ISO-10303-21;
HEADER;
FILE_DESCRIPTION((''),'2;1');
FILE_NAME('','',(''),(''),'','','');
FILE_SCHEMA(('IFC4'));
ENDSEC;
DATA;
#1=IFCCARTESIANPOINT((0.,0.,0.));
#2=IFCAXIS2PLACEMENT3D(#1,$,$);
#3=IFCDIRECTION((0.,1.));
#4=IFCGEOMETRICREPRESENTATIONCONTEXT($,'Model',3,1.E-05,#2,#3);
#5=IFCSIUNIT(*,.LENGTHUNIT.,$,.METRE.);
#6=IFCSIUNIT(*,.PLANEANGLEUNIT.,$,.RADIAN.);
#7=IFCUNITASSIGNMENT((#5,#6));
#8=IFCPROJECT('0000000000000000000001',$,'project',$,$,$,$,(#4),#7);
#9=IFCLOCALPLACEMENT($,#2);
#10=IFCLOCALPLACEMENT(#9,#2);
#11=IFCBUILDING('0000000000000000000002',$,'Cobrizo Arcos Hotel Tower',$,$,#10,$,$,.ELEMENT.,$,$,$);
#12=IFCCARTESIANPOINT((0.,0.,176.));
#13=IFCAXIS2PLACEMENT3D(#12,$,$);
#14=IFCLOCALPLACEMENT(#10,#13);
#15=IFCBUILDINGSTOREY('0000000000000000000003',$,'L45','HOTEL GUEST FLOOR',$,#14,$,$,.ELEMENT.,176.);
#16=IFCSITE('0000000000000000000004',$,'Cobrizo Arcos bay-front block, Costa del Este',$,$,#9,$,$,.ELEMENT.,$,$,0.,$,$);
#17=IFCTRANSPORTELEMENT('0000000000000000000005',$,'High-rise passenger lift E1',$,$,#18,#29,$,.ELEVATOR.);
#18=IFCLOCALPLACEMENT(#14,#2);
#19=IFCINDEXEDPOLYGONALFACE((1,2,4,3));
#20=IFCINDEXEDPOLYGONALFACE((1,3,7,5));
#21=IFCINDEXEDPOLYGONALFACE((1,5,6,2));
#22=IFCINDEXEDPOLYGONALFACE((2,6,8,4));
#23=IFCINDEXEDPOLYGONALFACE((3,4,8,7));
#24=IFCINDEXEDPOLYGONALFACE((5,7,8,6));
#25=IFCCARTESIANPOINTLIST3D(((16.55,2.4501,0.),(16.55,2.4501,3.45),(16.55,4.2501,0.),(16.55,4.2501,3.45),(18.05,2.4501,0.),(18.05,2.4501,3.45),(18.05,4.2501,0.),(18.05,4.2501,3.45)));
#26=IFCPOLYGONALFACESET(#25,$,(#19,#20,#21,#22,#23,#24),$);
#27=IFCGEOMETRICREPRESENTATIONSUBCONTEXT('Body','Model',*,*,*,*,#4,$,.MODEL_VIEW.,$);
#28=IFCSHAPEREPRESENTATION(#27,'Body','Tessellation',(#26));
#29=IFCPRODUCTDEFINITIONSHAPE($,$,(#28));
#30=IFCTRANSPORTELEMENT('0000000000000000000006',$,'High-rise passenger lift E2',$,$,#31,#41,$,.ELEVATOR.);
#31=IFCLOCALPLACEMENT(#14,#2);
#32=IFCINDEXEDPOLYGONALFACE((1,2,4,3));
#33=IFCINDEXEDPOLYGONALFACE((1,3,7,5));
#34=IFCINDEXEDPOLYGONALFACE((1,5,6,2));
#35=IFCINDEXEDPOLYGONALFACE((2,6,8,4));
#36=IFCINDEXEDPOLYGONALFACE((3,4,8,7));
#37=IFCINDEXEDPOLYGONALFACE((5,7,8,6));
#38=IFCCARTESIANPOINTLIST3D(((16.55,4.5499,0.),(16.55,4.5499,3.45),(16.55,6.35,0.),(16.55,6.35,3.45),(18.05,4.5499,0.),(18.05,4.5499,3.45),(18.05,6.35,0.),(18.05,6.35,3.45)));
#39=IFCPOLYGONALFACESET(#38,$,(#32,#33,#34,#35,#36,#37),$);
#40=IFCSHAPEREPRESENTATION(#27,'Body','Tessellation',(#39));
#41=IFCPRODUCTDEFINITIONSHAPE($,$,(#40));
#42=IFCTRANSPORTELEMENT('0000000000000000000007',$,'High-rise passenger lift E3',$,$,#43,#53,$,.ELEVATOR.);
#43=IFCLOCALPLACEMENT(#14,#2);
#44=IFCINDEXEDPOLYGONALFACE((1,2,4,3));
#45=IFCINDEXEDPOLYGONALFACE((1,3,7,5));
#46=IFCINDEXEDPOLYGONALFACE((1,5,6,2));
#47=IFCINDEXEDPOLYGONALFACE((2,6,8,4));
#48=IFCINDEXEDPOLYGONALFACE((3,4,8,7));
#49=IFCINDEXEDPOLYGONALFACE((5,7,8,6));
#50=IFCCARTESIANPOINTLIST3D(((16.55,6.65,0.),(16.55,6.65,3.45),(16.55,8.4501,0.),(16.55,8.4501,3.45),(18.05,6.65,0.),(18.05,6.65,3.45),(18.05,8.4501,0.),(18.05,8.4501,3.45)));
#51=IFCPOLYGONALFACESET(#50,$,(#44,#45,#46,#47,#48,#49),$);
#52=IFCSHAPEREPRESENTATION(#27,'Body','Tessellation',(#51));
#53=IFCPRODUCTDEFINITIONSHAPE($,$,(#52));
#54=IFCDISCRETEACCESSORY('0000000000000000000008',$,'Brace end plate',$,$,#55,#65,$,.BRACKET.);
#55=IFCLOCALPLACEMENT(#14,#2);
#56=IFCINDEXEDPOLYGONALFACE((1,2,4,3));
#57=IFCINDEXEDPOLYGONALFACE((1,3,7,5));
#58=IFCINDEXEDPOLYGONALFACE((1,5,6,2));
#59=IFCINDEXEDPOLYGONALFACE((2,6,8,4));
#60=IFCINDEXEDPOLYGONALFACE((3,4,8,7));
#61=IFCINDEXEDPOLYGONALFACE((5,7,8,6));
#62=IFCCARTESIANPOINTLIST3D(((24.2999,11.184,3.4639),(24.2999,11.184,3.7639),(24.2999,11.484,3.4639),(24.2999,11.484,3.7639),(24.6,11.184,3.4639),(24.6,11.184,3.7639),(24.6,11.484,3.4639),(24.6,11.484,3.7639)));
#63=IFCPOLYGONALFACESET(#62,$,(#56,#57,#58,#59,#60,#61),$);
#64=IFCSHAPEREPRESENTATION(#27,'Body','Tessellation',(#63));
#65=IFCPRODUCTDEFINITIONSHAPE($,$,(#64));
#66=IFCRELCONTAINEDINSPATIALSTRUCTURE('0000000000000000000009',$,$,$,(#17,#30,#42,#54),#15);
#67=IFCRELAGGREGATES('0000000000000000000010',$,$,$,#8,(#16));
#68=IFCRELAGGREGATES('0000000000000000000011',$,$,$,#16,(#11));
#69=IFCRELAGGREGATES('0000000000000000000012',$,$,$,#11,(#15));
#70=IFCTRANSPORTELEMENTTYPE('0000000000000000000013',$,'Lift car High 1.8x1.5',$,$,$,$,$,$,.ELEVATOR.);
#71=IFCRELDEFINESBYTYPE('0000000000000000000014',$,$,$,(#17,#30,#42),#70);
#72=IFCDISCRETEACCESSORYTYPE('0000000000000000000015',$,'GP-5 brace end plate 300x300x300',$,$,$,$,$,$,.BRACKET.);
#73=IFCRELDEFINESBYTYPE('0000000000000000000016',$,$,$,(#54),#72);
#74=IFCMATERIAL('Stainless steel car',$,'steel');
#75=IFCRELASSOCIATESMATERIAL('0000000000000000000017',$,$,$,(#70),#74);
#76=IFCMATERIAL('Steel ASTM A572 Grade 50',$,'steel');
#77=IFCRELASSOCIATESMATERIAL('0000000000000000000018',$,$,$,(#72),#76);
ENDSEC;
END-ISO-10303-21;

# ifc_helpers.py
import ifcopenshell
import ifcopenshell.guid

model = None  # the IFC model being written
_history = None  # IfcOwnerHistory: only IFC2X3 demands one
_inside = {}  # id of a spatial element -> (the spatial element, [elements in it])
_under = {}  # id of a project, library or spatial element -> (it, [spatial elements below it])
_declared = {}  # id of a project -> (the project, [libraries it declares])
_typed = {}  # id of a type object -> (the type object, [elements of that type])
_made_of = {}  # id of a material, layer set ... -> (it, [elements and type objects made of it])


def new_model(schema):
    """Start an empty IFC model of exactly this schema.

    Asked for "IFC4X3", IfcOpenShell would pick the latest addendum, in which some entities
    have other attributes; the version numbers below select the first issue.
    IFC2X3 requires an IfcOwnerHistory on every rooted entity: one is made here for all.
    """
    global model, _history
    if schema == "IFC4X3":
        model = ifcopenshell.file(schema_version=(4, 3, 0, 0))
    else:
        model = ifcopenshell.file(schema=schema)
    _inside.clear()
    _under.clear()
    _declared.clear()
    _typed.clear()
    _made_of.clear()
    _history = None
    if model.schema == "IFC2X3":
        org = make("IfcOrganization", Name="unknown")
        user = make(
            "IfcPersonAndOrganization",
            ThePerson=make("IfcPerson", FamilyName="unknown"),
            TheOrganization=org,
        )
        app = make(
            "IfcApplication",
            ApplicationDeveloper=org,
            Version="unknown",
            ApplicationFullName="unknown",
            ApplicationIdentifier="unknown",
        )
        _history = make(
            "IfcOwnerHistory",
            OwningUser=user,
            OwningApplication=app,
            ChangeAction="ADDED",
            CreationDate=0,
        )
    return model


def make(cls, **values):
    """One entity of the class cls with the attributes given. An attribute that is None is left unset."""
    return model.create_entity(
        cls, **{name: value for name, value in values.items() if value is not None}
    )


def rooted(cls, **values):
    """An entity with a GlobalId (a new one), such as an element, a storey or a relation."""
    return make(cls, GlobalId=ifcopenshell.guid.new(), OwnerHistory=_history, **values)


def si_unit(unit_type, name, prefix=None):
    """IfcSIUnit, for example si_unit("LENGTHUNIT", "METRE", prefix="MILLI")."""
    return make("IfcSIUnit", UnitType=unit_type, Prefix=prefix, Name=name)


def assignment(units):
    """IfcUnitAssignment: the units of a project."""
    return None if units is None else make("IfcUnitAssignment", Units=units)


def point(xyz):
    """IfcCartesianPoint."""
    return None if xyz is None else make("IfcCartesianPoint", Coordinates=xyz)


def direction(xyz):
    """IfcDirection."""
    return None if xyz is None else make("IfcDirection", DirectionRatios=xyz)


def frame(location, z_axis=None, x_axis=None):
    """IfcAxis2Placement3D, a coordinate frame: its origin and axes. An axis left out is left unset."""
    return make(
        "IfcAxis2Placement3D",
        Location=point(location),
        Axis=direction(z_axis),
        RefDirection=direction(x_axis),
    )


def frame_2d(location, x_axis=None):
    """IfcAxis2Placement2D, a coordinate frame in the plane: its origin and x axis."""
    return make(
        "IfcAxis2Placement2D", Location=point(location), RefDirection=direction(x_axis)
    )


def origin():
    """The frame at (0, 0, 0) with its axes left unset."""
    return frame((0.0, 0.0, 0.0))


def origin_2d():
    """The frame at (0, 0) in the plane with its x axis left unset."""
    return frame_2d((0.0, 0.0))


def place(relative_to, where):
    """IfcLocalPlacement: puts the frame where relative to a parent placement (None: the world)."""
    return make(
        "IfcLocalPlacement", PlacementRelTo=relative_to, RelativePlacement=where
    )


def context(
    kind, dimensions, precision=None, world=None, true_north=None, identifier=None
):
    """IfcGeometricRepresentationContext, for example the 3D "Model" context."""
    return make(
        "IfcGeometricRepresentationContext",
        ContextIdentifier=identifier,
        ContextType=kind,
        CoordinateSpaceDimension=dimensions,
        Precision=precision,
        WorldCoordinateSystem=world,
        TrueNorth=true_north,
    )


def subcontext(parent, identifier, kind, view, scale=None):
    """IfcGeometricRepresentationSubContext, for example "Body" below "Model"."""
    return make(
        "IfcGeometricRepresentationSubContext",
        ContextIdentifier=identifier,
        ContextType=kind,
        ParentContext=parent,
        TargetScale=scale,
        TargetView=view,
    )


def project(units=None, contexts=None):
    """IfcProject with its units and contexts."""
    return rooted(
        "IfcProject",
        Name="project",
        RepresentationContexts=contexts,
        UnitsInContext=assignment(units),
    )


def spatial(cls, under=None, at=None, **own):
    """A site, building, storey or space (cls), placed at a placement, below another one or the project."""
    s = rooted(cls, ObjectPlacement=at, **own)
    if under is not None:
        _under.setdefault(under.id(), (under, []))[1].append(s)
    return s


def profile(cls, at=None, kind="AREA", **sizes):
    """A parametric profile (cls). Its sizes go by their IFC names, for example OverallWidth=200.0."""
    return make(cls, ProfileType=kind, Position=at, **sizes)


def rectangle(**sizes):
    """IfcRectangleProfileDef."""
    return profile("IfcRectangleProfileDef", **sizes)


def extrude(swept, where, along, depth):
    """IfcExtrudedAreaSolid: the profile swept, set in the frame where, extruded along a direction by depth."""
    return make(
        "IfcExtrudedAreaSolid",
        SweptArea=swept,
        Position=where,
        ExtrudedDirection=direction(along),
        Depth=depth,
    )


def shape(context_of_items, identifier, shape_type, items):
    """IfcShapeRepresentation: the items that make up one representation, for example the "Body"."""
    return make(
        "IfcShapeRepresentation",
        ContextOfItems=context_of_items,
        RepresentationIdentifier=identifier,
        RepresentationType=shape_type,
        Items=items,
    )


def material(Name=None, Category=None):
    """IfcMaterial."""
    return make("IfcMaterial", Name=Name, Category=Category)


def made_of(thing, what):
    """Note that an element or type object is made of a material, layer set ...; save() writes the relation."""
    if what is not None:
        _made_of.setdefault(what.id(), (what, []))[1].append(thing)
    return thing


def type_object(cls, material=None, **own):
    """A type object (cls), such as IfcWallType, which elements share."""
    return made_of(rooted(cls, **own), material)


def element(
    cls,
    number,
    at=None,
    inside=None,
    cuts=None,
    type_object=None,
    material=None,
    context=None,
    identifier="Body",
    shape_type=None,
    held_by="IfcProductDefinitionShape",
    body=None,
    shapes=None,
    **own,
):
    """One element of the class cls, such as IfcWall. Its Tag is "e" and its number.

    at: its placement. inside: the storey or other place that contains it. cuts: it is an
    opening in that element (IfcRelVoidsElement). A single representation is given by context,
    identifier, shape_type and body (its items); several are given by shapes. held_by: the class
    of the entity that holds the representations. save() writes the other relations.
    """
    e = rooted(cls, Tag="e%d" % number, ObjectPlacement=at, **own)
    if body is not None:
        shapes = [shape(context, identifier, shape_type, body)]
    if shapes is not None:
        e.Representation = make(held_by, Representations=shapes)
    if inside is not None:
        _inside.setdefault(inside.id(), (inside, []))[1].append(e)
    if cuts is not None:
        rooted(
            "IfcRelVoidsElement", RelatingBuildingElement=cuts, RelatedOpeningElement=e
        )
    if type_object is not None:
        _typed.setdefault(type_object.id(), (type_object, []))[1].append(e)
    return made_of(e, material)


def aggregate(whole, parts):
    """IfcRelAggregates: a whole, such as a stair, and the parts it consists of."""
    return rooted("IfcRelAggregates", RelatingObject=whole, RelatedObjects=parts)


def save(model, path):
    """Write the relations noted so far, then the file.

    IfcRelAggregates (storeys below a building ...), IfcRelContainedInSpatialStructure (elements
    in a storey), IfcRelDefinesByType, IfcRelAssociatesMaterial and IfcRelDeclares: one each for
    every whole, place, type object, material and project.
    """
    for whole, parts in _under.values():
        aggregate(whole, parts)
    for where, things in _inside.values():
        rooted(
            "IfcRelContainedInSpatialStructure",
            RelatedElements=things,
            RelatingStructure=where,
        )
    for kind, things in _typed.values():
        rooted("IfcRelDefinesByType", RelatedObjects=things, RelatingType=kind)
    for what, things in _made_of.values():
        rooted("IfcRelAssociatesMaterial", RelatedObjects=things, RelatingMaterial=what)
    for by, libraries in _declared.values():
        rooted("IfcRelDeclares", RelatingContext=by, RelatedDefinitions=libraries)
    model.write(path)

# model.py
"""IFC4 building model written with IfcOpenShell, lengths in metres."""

from ifc_helpers import new_model, si_unit, direction, frame, origin, origin_2d, place, context, subcontext, project, spatial, rectangle, extrude, material, type_object, element, save


model = new_model("IFC4")

# Units and contexts
model_context = context("Model", 3, precision=1e-05, world=origin(), true_north=direction((0.0, 1.0)))
body_context = subcontext(model_context, "Body", "Model", "MODEL_VIEW")
ifc_project = project(units=[si_unit("LENGTHUNIT", "METRE"), si_unit("PLANEANGLEUNIT", "RADIAN")], contexts=[model_context])

# Site, building, storey
site_placement = place(None, origin())
site = spatial("IfcSite", under=ifc_project, at=site_placement, Name="Cobrizo Arcos bay-front block, Costa del Este", CompositionType="ELEMENT", RefElevation=0.0)
building_placement = place(site_placement, origin())
building = spatial("IfcBuilding", under=site, at=building_placement, Name="Cobrizo Arcos Hotel Tower", CompositionType="ELEMENT")
storey_placement = place(building_placement, frame((0.0, 0.0, 176.0)))
storey = spatial("IfcBuildingStorey", under=building, at=storey_placement, Name="L45", Description="HOTEL GUEST FLOOR", CompositionType="ELEMENT", Elevation=176.0)

# Shared definitions
ifc_material_1 = material(Name="Steel ASTM A572 Grade 50", Category="steel")

# Transport elements
ifc_material_2 = material(Name="Stainless steel car", Category="steel")
transport_element_type = type_object("IfcTransportElementType", Name="Lift car High 1.8x1.5", PredefinedType="ELEVATOR", material=ifc_material_2)
for number, where, z_axis, x_axis, name in (
    (1, (17.3, 3.3501, 0.0), (0.0, 0.0, 1.0), (1.0, 0.0, 0.0), "High-rise passenger lift E1"),
    (2, (17.3, 5.45, 0.0), (0.0, 0.0, 1.0), (1.0, 0.0, 0.0), "High-rise passenger lift E2"),
    (3, (17.3, 7.55, 0.0), (0.0, 0.0, 1.0), (1.0, 0.0, 0.0), "High-rise passenger lift E3"),
):
    element("IfcTransportElement", number, at=place(storey_placement, frame(where, z_axis=z_axis, x_axis=x_axis)), inside=storey, type_object=transport_element_type, Name=name, PredefinedType="ELEVATOR", context=body_context, shape_type="SweptSolid", body=[
        extrude(rectangle(XDim=1.5, YDim=1.8, at=origin_2d()), origin(), (0.0, 0.0, 1.0), 3.45),
    ])

# Discrete accessory
discrete_accessory_type = type_object("IfcDiscreteAccessoryType", Name="GP-5 brace end plate 300x300x300", PredefinedType="BRACKET", material=ifc_material_1)
discrete_accessory_placement = place(storey_placement, frame((24.45, 11.334, 3.4639), z_axis=(0.0, 0.0, 1.0), x_axis=(1.0, 0.0, 0.0)))
element("IfcDiscreteAccessory", 4, at=discrete_accessory_placement, inside=storey, type_object=discrete_accessory_type, Name="Brace end plate", PredefinedType="BRACKET", context=body_context, shape_type="SweptSolid", body=[
    extrude(rectangle(XDim=0.3, YDim=0.3, at=origin_2d()), origin(), (0.0, 0.0, 1.0), 0.3),
])

save(model, "model.ifc")
